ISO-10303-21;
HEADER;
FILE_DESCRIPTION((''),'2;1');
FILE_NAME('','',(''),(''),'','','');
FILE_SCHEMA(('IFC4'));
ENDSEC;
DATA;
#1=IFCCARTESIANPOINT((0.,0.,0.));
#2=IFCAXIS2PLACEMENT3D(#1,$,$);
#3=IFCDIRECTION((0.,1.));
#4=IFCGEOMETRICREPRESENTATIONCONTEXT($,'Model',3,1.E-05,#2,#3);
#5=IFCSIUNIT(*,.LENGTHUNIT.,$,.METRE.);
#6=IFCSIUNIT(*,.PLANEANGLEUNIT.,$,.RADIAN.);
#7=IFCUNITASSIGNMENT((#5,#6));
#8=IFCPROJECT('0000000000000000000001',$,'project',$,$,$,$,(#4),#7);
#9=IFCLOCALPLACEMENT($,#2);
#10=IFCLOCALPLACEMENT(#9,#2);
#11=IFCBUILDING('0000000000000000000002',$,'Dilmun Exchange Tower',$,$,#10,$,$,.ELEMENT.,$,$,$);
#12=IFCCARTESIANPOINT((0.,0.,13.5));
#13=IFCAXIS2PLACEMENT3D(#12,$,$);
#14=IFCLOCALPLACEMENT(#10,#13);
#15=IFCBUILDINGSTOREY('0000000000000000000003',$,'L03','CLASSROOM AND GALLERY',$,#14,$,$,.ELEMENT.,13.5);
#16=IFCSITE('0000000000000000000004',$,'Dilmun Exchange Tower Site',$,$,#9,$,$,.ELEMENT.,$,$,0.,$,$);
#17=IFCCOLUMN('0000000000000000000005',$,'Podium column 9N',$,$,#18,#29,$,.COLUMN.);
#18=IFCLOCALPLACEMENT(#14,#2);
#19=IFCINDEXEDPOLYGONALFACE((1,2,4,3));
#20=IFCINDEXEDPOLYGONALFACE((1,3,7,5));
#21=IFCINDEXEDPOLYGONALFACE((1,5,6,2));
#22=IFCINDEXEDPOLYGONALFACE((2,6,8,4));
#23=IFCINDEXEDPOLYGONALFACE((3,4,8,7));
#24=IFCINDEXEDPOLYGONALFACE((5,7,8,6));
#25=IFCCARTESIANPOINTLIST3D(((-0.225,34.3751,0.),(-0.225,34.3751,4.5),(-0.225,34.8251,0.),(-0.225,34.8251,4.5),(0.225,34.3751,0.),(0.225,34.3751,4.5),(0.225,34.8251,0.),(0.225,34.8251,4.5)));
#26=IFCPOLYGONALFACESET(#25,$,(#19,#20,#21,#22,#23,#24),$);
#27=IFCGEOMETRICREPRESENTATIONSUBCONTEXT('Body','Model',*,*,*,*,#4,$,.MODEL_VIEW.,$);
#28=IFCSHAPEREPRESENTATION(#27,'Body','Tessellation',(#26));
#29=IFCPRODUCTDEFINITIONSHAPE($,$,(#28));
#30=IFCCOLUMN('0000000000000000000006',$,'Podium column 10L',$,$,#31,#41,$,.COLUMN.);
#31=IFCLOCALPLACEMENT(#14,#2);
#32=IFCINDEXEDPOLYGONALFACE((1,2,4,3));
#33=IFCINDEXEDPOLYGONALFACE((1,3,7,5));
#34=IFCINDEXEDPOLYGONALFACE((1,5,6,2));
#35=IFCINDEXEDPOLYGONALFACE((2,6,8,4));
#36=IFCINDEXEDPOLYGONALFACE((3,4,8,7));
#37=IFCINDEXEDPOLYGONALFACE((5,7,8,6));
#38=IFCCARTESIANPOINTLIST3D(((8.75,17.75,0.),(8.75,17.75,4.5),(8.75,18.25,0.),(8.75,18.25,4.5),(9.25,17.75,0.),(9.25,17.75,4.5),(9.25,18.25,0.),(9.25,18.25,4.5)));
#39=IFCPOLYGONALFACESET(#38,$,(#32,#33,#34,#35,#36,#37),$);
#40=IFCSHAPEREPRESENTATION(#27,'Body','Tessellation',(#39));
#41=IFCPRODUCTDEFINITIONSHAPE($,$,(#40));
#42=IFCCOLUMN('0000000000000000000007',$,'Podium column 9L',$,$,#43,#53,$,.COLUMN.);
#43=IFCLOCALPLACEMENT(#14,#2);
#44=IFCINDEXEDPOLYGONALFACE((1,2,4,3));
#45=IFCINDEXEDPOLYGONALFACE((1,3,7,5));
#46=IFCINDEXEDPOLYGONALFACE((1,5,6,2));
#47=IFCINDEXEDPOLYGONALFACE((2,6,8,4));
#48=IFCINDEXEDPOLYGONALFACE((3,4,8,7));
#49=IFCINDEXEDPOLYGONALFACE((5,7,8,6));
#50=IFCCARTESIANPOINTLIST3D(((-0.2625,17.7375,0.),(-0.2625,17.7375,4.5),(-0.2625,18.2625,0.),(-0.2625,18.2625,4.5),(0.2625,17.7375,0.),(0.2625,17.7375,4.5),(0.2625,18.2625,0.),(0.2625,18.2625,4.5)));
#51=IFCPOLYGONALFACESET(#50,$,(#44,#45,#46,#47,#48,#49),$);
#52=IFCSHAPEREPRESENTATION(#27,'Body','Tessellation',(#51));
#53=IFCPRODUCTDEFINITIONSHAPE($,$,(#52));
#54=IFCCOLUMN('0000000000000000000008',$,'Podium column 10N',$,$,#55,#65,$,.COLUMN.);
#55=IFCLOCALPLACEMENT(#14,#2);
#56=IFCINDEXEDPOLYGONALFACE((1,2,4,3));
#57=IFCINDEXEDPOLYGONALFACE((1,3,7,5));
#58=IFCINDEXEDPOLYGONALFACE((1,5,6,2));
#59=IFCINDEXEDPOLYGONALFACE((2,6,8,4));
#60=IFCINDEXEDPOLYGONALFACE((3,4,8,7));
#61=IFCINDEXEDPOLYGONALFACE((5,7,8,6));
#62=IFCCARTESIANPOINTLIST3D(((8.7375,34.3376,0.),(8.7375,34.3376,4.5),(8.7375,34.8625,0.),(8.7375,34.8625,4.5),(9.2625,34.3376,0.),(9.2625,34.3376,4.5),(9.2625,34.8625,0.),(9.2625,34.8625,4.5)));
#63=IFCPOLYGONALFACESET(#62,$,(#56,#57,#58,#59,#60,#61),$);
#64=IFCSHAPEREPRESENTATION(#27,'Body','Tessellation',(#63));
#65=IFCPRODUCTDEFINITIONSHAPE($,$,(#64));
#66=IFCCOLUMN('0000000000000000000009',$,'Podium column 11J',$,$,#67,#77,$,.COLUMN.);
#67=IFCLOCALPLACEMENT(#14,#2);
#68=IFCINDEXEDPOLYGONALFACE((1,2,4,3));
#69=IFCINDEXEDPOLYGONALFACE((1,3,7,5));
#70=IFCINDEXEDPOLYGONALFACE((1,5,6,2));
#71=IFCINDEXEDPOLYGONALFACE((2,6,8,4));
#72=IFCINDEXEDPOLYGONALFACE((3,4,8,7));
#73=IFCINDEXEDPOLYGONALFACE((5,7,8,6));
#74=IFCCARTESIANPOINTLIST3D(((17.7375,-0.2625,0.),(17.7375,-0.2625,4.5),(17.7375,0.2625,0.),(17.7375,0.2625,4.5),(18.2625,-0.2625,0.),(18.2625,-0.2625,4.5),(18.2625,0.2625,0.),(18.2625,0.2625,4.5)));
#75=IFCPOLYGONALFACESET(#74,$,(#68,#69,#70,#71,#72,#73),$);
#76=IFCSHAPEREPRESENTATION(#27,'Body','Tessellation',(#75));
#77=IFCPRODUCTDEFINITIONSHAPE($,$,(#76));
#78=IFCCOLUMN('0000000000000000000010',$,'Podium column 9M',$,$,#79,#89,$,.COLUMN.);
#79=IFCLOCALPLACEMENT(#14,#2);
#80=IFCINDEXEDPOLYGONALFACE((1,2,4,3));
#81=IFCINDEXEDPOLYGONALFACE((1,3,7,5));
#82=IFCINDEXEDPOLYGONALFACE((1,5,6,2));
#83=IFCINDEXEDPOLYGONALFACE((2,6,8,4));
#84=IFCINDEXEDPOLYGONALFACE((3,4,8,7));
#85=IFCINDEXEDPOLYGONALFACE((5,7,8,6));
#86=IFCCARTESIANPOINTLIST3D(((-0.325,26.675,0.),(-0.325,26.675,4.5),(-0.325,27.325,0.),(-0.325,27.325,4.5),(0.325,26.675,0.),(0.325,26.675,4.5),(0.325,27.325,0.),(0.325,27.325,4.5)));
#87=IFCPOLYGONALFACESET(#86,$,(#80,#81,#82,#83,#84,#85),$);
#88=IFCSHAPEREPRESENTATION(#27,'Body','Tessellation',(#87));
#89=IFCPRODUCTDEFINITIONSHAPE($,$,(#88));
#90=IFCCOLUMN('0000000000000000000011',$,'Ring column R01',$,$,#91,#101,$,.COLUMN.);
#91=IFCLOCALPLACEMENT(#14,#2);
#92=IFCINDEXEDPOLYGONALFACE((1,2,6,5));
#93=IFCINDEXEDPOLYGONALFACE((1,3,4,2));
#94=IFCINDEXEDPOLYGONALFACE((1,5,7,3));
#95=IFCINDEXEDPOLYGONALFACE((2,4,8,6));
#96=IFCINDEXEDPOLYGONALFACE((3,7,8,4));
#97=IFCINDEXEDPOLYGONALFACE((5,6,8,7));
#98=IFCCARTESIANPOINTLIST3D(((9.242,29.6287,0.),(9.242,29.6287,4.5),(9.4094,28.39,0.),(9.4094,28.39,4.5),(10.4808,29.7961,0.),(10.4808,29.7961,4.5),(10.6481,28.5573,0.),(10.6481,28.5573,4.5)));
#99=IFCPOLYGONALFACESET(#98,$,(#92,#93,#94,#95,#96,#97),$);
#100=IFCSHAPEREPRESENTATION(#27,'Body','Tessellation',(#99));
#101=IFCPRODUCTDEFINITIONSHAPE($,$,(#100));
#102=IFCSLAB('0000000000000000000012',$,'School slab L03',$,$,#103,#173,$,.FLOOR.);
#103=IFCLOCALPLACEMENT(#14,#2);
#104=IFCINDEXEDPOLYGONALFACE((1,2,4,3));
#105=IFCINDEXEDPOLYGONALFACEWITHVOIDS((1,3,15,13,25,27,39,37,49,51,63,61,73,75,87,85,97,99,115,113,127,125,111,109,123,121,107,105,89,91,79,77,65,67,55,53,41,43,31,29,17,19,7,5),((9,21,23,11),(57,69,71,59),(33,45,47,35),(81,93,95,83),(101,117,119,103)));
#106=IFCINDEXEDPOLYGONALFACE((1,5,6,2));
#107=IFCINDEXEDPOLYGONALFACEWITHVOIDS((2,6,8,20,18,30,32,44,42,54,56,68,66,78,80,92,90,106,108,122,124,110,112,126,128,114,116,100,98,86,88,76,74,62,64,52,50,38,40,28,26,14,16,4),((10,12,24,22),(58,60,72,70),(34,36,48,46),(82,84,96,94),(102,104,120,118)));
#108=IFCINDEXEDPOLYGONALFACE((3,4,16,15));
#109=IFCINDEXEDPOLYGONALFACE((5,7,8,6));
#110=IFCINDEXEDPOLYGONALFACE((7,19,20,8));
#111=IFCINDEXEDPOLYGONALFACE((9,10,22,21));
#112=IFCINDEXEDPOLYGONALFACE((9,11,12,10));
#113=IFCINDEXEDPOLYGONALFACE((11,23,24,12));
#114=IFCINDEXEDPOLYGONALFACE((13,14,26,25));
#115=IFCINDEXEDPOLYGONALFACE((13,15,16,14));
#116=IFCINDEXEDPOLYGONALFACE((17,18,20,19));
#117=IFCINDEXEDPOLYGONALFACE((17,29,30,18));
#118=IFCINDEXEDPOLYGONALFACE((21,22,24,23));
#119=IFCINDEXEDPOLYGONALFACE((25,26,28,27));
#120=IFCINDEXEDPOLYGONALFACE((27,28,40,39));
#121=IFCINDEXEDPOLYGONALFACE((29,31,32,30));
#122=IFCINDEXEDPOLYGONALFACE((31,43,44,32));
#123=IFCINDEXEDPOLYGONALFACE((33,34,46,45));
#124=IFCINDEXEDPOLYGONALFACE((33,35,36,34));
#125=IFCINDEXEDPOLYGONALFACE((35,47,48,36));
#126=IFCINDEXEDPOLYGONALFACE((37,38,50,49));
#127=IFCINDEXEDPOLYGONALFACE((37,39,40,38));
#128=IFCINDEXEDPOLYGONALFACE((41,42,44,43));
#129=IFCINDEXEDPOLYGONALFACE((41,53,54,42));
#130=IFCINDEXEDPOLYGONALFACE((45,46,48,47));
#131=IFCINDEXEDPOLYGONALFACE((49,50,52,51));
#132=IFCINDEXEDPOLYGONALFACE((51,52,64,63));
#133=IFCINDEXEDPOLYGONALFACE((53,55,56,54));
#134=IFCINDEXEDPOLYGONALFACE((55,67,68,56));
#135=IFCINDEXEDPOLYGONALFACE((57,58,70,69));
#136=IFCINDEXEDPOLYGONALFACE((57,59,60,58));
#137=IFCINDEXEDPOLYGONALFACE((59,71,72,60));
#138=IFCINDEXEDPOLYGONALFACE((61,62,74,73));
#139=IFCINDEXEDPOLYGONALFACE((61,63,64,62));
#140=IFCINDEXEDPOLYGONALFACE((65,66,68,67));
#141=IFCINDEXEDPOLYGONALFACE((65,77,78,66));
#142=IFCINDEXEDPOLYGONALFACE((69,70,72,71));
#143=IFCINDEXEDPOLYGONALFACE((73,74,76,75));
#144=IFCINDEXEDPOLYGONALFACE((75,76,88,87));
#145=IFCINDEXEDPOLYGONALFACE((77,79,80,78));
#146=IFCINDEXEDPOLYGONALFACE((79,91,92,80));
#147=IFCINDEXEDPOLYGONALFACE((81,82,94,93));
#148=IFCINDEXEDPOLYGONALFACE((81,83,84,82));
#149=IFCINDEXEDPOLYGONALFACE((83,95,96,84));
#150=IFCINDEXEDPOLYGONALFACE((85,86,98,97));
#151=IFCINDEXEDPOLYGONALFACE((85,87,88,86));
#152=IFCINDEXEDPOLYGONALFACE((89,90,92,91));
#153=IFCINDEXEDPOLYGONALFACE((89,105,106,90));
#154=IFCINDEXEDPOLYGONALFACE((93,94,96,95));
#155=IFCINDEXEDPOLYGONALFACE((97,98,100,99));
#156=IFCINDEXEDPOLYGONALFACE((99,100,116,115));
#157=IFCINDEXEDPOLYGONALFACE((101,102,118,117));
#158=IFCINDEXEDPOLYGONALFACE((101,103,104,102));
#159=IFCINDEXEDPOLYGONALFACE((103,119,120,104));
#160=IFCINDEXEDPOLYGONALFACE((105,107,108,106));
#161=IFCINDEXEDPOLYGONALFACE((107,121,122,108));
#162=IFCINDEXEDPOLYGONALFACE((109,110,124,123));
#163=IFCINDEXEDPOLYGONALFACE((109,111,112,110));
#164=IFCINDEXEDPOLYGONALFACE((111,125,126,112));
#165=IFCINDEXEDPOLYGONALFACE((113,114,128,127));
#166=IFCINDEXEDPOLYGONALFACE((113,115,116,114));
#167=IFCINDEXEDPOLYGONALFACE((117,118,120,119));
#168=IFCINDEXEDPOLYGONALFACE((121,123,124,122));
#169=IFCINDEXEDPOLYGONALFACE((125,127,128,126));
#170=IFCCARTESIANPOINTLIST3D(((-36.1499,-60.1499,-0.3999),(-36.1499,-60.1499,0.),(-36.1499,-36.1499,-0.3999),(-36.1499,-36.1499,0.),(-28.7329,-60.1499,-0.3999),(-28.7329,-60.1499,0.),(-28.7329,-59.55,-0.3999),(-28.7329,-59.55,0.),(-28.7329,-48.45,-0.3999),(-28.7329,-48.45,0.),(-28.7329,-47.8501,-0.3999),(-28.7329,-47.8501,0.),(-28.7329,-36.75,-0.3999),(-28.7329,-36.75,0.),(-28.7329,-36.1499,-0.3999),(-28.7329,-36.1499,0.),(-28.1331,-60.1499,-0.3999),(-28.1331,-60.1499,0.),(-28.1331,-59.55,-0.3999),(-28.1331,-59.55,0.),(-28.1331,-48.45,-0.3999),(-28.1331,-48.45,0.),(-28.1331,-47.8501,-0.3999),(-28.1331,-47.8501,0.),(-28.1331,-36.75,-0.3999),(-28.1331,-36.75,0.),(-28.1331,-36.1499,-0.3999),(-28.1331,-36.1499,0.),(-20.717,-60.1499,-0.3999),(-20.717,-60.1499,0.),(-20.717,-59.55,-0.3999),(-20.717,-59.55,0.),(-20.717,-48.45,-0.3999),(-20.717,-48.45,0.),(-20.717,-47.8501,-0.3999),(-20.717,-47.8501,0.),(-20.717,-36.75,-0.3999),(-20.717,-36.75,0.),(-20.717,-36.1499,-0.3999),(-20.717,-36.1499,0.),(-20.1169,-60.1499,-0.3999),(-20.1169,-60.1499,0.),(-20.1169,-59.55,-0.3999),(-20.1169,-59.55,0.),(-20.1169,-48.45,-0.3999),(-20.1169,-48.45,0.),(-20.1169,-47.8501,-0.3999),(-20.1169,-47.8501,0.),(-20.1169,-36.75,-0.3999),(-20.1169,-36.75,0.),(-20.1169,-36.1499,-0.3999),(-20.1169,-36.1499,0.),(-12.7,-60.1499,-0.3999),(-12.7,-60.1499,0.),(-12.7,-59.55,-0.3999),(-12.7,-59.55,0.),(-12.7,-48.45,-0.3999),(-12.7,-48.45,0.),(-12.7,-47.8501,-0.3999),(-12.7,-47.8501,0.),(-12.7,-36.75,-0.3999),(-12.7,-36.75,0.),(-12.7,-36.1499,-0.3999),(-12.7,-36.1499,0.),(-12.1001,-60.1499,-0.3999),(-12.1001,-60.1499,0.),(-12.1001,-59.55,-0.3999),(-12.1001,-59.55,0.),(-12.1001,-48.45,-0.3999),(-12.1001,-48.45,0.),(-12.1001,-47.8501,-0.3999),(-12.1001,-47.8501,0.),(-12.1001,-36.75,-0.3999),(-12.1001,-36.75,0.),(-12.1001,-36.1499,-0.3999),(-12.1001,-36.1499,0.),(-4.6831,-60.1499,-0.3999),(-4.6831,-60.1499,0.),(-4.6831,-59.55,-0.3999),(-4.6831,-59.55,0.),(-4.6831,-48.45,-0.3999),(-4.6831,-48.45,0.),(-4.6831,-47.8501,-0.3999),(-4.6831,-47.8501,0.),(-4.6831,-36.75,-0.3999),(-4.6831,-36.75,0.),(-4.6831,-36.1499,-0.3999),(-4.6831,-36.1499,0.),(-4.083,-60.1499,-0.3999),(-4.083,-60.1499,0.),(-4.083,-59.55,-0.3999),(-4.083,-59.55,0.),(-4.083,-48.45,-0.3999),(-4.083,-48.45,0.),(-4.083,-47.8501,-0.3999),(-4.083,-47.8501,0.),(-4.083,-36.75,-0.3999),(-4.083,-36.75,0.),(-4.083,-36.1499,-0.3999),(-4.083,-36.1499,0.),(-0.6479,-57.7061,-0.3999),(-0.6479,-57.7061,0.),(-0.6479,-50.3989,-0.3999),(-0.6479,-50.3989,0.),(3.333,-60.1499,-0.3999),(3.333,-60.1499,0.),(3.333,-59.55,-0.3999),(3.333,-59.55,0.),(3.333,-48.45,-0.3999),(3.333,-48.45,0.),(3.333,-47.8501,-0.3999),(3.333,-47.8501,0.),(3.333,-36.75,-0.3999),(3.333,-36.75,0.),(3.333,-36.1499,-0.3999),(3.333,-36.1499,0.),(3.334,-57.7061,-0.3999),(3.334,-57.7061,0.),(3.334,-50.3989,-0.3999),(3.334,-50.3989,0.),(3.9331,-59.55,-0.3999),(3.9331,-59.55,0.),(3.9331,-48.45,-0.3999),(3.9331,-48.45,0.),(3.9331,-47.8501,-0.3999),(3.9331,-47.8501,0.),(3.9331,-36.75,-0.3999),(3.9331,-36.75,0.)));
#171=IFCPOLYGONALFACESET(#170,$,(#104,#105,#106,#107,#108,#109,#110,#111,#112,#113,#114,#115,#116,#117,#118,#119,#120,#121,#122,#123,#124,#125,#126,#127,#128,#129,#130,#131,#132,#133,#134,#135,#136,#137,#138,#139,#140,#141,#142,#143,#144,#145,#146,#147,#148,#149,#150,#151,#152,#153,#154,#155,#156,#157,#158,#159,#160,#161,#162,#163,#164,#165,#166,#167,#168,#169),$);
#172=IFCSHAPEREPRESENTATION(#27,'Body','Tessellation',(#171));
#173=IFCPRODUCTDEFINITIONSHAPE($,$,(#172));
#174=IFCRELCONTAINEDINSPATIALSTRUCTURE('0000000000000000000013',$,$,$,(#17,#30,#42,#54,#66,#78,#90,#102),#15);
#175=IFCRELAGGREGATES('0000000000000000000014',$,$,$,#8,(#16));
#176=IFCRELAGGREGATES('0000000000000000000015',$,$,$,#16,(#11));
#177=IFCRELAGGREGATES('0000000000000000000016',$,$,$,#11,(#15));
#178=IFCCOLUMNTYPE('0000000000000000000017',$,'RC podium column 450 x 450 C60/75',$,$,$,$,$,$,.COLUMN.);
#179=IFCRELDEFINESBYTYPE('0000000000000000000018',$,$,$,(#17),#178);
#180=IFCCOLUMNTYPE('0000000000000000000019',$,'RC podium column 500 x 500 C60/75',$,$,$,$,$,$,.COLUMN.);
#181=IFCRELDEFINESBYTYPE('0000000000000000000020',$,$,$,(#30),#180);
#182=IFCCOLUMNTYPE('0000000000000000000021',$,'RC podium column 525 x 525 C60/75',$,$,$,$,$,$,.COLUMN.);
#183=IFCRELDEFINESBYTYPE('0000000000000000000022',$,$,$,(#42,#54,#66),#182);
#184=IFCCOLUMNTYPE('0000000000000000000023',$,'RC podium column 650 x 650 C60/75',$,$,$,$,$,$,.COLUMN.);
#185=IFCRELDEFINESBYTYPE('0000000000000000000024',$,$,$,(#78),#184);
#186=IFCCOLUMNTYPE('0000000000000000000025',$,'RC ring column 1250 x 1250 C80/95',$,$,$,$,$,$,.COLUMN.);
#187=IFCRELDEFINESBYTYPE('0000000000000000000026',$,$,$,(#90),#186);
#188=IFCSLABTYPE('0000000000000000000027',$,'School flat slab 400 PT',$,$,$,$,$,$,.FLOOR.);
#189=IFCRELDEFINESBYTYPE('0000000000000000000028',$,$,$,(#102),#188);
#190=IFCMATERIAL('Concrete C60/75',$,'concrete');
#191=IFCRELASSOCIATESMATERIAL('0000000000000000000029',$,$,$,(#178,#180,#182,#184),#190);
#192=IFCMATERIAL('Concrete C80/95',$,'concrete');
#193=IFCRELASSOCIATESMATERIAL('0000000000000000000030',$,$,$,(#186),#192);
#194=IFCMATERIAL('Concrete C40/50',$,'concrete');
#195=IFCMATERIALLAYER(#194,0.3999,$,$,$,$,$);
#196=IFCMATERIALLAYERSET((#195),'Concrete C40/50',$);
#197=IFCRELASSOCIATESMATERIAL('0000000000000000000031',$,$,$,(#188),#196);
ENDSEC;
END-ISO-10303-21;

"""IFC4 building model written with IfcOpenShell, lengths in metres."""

from ifc_helpers import new_model, si_unit, direction, frame, origin, origin_2d, place, context, subcontext, project, spatial, polyline, rectangle, outline, extrude, material, layer, layer_set, material_profile, profile_set, type_object, element, save


model = new_model("IFC4")

# Units and contexts
model_context = context("Model", 3, precision=1e-05, world=origin(), true_north=direction((0.0, 1.0)))
body_context = subcontext(model_context, "Body", "Model", "MODEL_VIEW")
ifc_project = project(units=[si_unit("LENGTHUNIT", "METRE"), si_unit("PLANEANGLEUNIT", "RADIAN")], contexts=[model_context])

# Site, building, storey
site_placement = place(None, origin())
site = spatial("IfcSite", under=ifc_project, at=site_placement, Name="Dilmun Exchange Tower Site", CompositionType="ELEMENT", RefElevation=0.0)
building_placement = place(site_placement, origin())
building = spatial("IfcBuilding", under=site, at=building_placement, Name="Dilmun Exchange Tower", CompositionType="ELEMENT")
storey_placement = place(building_placement, frame((0.0, 0.0, 13.5)))
storey = spatial("IfcBuildingStorey", under=building, at=storey_placement, Name="L03", Description="CLASSROOM AND GALLERY", CompositionType="ELEMENT", Elevation=13.5)

# Columns
ifc_material_1 = material(Name="Concrete C60/75", Category="concrete")
ifc_material_profile_1 = material_profile(ifc_material_1, rectangle(XDim=0.45, YDim=0.45, at=origin_2d()), Name="450 x 450")
ifc_profile_set_1 = profile_set([ifc_material_profile_1], Name="Concrete C60/75")
column_type_1 = type_object("IfcColumnType", Name="RC podium column 450 x 450 C60/75", PredefinedType="COLUMN", material=ifc_profile_set_1)
column_1_placement = place(storey_placement, frame((0.0, 34.6001, 0.0), z_axis=(0.0, 0.0, 1.0), x_axis=(1.0, 0.0, 0.0)))
element("IfcColumn", 1, at=column_1_placement, inside=storey, type_object=column_type_1, Name="Podium column 9N", PredefinedType="COLUMN", context=body_context, shape_type="SweptSolid", body=[
    extrude(rectangle(XDim=0.45, YDim=0.45, at=origin_2d()), origin(), (0.0, 0.0, 1.0), 4.5),
])
ifc_material_profile_2 = material_profile(ifc_material_1, rectangle(XDim=0.5, YDim=0.5, at=origin_2d()), Name="500 x 500")
ifc_profile_set_2 = profile_set([ifc_material_profile_2], Name="Concrete C60/75")
column_type_2 = type_object("IfcColumnType", Name="RC podium column 500 x 500 C60/75", PredefinedType="COLUMN", material=ifc_profile_set_2)
column_2_placement = place(storey_placement, frame((9.0, 18.0, 0.0), z_axis=(0.0, 0.0, 1.0), x_axis=(1.0, 0.0, 0.0)))
element("IfcColumn", 2, at=column_2_placement, inside=storey, type_object=column_type_2, Name="Podium column 10L", PredefinedType="COLUMN", context=body_context, shape_type="SweptSolid", body=[
    extrude(rectangle(XDim=0.5, YDim=0.5, at=origin_2d()), origin(), (0.0, 0.0, 1.0), 4.5),
])
ifc_material_profile_3 = material_profile(ifc_material_1, rectangle(XDim=0.5249, YDim=0.5249, at=origin_2d()), Name="525 x 525")
ifc_profile_set_3 = profile_set([ifc_material_profile_3], Name="Concrete C60/75")
column_type_3 = type_object("IfcColumnType", Name="RC podium column 525 x 525 C60/75", PredefinedType="COLUMN", material=ifc_profile_set_3)
for number, where, z_axis, x_axis, name in (
    (3, (0.0, 18.0, 0.0), (0.0, 0.0, 1.0), (1.0, 0.0, 0.0), "Podium column 9L"),
    (4, (9.0, 34.6001, 0.0), (0.0, 0.0, 1.0), (1.0, 0.0, 0.0), "Podium column 10N"),
    (5, (18.0, 0.0, 0.0), (0.0, 0.0, 1.0), (1.0, 0.0, 0.0), "Podium column 11J"),
):
    element("IfcColumn", number, at=place(storey_placement, frame(where, z_axis=z_axis, x_axis=x_axis)), inside=storey, type_object=column_type_3, Name=name, PredefinedType="COLUMN", context=body_context, shape_type="SweptSolid", body=[
        extrude(rectangle(XDim=0.5249, YDim=0.5249, at=origin_2d()), origin(), (0.0, 0.0, 1.0), 4.5),
    ])
ifc_material_profile_4 = material_profile(ifc_material_1, rectangle(XDim=0.6499, YDim=0.6499, at=origin_2d()), Name="650 x 650")
ifc_profile_set_4 = profile_set([ifc_material_profile_4], Name="Concrete C60/75")
column_type_4 = type_object("IfcColumnType", Name="RC podium column 650 x 650 C60/75", PredefinedType="COLUMN", material=ifc_profile_set_4)
column_3_placement = place(storey_placement, frame((0.0, 27.0, 0.0), z_axis=(0.0, 0.0, 1.0), x_axis=(1.0, 0.0, 0.0)))
element("IfcColumn", 6, at=column_3_placement, inside=storey, type_object=column_type_4, Name="Podium column 9M", PredefinedType="COLUMN", context=body_context, shape_type="SweptSolid", body=[
    extrude(rectangle(XDim=0.6499, YDim=0.6499, at=origin_2d()), origin(), (0.0, 0.0, 1.0), 4.5),
])
ifc_material_2 = material(Name="Concrete C80/95", Category="concrete")
ifc_material_profile_5 = material_profile(ifc_material_2, rectangle(XDim=1.25, YDim=1.25, at=origin_2d()), Name="1250 x 1250")
ifc_profile_set_5 = profile_set([ifc_material_profile_5], Name="Concrete C80/95")
column_type_5 = type_object("IfcColumnType", Name="RC ring column 1250 x 1250 C80/95", PredefinedType="COLUMN", material=ifc_profile_set_5)
column_4_placement = place(storey_placement, frame((9.9451, 29.093, 0.0), z_axis=(0.0, 0.0, 1.0), x_axis=(0.991001, 0.133853, 0.0)))
element("IfcColumn", 7, at=column_4_placement, inside=storey, type_object=column_type_5, Name="Ring column R01", PredefinedType="COLUMN", context=body_context, shape_type="SweptSolid", body=[
    extrude(rectangle(XDim=1.25, YDim=1.25, at=origin_2d()), origin(), (0.0, 0.0, 1.0), 4.5),
])

# Slab
ifc_material_3 = material(Name="Concrete C40/50", Category="concrete")
ifc_layer_1 = layer(ifc_material_3, 0.3999)
ifc_layer_set_1 = layer_set([ifc_layer_1], Name="Concrete C40/50")
slab_type_1 = type_object("IfcSlabType", Name="School flat slab 400 PT", PredefinedType="FLOOR", material=ifc_layer_set_1)
slab_1_placement = place(storey_placement, frame((0.0, 0.0, -0.3999)))
element("IfcSlab", 8, at=slab_1_placement, inside=storey, type_object=slab_type_1, Name="School slab L03", PredefinedType="FLOOR", context=body_context, shape_type="SweptSolid", body=[
    extrude(outline(polyline([(3.333, -36.75), (3.9331, -36.75), (3.9331, -47.8501), (3.333, -47.8501), (3.333, -48.45), (3.9331, -48.45), (3.9331, -59.55), (3.333, -59.55), (3.333, -60.1499), (-4.083, -60.1499), (-4.083, -59.55), (-4.6831, -59.55), (-4.6831, -60.1499), (-12.1001, -60.1499), (-12.1001, -59.55), (-12.7, -59.55), (-12.7, -60.1499), (-20.1169, -60.1499), (-20.1169, -59.55), (-20.717, -59.55), (-20.717, -60.1499), (-28.1331, -60.1499), (-28.1331, -59.55), (-28.7329, -59.55), (-28.7329, -60.1499), (-36.1499, -60.1499), (-36.1499, -36.1499), (-28.7329, -36.1499), (-28.7329, -36.75), (-28.1331, -36.75), (-28.1331, -36.1499), (-20.717, -36.1499), (-20.717, -36.75), (-20.1169, -36.75), (-20.1169, -36.1499), (-12.7, -36.1499), (-12.7, -36.75), (-12.1001, -36.75), (-12.1001, -36.1499), (-4.6831, -36.1499), (-4.6831, -36.75), (-4.083, -36.75), (-4.083, -36.1499), (3.333, -36.1499), (3.333, -36.75)]), holes=[polyline([(-28.7329, -47.8501), (-28.7329, -48.45), (-28.1331, -48.45), (-28.1331, -47.8501), (-28.7329, -47.8501)]), polyline([(-20.717, -47.8501), (-20.717, -48.45), (-20.1169, -48.45), (-20.1169, -47.8501), (-20.717, -47.8501)]), polyline([(-12.7, -47.8501), (-12.7, -48.45), (-12.1001, -48.45), (-12.1001, -47.8501), (-12.7, -47.8501)]), polyline([(-4.6831, -48.45), (-4.083, -48.45), (-4.083, -47.8501), (-4.6831, -47.8501), (-4.6831, -48.45)]), polyline([(-0.6479, -57.7061), (3.334, -57.7061), (3.334, -50.3989), (-0.6479, -50.3989), (-0.6479, -57.7061)])]), origin(), (0.0, 0.0, 1.0), 0.3999),
])

save(model, "model.ifc")
